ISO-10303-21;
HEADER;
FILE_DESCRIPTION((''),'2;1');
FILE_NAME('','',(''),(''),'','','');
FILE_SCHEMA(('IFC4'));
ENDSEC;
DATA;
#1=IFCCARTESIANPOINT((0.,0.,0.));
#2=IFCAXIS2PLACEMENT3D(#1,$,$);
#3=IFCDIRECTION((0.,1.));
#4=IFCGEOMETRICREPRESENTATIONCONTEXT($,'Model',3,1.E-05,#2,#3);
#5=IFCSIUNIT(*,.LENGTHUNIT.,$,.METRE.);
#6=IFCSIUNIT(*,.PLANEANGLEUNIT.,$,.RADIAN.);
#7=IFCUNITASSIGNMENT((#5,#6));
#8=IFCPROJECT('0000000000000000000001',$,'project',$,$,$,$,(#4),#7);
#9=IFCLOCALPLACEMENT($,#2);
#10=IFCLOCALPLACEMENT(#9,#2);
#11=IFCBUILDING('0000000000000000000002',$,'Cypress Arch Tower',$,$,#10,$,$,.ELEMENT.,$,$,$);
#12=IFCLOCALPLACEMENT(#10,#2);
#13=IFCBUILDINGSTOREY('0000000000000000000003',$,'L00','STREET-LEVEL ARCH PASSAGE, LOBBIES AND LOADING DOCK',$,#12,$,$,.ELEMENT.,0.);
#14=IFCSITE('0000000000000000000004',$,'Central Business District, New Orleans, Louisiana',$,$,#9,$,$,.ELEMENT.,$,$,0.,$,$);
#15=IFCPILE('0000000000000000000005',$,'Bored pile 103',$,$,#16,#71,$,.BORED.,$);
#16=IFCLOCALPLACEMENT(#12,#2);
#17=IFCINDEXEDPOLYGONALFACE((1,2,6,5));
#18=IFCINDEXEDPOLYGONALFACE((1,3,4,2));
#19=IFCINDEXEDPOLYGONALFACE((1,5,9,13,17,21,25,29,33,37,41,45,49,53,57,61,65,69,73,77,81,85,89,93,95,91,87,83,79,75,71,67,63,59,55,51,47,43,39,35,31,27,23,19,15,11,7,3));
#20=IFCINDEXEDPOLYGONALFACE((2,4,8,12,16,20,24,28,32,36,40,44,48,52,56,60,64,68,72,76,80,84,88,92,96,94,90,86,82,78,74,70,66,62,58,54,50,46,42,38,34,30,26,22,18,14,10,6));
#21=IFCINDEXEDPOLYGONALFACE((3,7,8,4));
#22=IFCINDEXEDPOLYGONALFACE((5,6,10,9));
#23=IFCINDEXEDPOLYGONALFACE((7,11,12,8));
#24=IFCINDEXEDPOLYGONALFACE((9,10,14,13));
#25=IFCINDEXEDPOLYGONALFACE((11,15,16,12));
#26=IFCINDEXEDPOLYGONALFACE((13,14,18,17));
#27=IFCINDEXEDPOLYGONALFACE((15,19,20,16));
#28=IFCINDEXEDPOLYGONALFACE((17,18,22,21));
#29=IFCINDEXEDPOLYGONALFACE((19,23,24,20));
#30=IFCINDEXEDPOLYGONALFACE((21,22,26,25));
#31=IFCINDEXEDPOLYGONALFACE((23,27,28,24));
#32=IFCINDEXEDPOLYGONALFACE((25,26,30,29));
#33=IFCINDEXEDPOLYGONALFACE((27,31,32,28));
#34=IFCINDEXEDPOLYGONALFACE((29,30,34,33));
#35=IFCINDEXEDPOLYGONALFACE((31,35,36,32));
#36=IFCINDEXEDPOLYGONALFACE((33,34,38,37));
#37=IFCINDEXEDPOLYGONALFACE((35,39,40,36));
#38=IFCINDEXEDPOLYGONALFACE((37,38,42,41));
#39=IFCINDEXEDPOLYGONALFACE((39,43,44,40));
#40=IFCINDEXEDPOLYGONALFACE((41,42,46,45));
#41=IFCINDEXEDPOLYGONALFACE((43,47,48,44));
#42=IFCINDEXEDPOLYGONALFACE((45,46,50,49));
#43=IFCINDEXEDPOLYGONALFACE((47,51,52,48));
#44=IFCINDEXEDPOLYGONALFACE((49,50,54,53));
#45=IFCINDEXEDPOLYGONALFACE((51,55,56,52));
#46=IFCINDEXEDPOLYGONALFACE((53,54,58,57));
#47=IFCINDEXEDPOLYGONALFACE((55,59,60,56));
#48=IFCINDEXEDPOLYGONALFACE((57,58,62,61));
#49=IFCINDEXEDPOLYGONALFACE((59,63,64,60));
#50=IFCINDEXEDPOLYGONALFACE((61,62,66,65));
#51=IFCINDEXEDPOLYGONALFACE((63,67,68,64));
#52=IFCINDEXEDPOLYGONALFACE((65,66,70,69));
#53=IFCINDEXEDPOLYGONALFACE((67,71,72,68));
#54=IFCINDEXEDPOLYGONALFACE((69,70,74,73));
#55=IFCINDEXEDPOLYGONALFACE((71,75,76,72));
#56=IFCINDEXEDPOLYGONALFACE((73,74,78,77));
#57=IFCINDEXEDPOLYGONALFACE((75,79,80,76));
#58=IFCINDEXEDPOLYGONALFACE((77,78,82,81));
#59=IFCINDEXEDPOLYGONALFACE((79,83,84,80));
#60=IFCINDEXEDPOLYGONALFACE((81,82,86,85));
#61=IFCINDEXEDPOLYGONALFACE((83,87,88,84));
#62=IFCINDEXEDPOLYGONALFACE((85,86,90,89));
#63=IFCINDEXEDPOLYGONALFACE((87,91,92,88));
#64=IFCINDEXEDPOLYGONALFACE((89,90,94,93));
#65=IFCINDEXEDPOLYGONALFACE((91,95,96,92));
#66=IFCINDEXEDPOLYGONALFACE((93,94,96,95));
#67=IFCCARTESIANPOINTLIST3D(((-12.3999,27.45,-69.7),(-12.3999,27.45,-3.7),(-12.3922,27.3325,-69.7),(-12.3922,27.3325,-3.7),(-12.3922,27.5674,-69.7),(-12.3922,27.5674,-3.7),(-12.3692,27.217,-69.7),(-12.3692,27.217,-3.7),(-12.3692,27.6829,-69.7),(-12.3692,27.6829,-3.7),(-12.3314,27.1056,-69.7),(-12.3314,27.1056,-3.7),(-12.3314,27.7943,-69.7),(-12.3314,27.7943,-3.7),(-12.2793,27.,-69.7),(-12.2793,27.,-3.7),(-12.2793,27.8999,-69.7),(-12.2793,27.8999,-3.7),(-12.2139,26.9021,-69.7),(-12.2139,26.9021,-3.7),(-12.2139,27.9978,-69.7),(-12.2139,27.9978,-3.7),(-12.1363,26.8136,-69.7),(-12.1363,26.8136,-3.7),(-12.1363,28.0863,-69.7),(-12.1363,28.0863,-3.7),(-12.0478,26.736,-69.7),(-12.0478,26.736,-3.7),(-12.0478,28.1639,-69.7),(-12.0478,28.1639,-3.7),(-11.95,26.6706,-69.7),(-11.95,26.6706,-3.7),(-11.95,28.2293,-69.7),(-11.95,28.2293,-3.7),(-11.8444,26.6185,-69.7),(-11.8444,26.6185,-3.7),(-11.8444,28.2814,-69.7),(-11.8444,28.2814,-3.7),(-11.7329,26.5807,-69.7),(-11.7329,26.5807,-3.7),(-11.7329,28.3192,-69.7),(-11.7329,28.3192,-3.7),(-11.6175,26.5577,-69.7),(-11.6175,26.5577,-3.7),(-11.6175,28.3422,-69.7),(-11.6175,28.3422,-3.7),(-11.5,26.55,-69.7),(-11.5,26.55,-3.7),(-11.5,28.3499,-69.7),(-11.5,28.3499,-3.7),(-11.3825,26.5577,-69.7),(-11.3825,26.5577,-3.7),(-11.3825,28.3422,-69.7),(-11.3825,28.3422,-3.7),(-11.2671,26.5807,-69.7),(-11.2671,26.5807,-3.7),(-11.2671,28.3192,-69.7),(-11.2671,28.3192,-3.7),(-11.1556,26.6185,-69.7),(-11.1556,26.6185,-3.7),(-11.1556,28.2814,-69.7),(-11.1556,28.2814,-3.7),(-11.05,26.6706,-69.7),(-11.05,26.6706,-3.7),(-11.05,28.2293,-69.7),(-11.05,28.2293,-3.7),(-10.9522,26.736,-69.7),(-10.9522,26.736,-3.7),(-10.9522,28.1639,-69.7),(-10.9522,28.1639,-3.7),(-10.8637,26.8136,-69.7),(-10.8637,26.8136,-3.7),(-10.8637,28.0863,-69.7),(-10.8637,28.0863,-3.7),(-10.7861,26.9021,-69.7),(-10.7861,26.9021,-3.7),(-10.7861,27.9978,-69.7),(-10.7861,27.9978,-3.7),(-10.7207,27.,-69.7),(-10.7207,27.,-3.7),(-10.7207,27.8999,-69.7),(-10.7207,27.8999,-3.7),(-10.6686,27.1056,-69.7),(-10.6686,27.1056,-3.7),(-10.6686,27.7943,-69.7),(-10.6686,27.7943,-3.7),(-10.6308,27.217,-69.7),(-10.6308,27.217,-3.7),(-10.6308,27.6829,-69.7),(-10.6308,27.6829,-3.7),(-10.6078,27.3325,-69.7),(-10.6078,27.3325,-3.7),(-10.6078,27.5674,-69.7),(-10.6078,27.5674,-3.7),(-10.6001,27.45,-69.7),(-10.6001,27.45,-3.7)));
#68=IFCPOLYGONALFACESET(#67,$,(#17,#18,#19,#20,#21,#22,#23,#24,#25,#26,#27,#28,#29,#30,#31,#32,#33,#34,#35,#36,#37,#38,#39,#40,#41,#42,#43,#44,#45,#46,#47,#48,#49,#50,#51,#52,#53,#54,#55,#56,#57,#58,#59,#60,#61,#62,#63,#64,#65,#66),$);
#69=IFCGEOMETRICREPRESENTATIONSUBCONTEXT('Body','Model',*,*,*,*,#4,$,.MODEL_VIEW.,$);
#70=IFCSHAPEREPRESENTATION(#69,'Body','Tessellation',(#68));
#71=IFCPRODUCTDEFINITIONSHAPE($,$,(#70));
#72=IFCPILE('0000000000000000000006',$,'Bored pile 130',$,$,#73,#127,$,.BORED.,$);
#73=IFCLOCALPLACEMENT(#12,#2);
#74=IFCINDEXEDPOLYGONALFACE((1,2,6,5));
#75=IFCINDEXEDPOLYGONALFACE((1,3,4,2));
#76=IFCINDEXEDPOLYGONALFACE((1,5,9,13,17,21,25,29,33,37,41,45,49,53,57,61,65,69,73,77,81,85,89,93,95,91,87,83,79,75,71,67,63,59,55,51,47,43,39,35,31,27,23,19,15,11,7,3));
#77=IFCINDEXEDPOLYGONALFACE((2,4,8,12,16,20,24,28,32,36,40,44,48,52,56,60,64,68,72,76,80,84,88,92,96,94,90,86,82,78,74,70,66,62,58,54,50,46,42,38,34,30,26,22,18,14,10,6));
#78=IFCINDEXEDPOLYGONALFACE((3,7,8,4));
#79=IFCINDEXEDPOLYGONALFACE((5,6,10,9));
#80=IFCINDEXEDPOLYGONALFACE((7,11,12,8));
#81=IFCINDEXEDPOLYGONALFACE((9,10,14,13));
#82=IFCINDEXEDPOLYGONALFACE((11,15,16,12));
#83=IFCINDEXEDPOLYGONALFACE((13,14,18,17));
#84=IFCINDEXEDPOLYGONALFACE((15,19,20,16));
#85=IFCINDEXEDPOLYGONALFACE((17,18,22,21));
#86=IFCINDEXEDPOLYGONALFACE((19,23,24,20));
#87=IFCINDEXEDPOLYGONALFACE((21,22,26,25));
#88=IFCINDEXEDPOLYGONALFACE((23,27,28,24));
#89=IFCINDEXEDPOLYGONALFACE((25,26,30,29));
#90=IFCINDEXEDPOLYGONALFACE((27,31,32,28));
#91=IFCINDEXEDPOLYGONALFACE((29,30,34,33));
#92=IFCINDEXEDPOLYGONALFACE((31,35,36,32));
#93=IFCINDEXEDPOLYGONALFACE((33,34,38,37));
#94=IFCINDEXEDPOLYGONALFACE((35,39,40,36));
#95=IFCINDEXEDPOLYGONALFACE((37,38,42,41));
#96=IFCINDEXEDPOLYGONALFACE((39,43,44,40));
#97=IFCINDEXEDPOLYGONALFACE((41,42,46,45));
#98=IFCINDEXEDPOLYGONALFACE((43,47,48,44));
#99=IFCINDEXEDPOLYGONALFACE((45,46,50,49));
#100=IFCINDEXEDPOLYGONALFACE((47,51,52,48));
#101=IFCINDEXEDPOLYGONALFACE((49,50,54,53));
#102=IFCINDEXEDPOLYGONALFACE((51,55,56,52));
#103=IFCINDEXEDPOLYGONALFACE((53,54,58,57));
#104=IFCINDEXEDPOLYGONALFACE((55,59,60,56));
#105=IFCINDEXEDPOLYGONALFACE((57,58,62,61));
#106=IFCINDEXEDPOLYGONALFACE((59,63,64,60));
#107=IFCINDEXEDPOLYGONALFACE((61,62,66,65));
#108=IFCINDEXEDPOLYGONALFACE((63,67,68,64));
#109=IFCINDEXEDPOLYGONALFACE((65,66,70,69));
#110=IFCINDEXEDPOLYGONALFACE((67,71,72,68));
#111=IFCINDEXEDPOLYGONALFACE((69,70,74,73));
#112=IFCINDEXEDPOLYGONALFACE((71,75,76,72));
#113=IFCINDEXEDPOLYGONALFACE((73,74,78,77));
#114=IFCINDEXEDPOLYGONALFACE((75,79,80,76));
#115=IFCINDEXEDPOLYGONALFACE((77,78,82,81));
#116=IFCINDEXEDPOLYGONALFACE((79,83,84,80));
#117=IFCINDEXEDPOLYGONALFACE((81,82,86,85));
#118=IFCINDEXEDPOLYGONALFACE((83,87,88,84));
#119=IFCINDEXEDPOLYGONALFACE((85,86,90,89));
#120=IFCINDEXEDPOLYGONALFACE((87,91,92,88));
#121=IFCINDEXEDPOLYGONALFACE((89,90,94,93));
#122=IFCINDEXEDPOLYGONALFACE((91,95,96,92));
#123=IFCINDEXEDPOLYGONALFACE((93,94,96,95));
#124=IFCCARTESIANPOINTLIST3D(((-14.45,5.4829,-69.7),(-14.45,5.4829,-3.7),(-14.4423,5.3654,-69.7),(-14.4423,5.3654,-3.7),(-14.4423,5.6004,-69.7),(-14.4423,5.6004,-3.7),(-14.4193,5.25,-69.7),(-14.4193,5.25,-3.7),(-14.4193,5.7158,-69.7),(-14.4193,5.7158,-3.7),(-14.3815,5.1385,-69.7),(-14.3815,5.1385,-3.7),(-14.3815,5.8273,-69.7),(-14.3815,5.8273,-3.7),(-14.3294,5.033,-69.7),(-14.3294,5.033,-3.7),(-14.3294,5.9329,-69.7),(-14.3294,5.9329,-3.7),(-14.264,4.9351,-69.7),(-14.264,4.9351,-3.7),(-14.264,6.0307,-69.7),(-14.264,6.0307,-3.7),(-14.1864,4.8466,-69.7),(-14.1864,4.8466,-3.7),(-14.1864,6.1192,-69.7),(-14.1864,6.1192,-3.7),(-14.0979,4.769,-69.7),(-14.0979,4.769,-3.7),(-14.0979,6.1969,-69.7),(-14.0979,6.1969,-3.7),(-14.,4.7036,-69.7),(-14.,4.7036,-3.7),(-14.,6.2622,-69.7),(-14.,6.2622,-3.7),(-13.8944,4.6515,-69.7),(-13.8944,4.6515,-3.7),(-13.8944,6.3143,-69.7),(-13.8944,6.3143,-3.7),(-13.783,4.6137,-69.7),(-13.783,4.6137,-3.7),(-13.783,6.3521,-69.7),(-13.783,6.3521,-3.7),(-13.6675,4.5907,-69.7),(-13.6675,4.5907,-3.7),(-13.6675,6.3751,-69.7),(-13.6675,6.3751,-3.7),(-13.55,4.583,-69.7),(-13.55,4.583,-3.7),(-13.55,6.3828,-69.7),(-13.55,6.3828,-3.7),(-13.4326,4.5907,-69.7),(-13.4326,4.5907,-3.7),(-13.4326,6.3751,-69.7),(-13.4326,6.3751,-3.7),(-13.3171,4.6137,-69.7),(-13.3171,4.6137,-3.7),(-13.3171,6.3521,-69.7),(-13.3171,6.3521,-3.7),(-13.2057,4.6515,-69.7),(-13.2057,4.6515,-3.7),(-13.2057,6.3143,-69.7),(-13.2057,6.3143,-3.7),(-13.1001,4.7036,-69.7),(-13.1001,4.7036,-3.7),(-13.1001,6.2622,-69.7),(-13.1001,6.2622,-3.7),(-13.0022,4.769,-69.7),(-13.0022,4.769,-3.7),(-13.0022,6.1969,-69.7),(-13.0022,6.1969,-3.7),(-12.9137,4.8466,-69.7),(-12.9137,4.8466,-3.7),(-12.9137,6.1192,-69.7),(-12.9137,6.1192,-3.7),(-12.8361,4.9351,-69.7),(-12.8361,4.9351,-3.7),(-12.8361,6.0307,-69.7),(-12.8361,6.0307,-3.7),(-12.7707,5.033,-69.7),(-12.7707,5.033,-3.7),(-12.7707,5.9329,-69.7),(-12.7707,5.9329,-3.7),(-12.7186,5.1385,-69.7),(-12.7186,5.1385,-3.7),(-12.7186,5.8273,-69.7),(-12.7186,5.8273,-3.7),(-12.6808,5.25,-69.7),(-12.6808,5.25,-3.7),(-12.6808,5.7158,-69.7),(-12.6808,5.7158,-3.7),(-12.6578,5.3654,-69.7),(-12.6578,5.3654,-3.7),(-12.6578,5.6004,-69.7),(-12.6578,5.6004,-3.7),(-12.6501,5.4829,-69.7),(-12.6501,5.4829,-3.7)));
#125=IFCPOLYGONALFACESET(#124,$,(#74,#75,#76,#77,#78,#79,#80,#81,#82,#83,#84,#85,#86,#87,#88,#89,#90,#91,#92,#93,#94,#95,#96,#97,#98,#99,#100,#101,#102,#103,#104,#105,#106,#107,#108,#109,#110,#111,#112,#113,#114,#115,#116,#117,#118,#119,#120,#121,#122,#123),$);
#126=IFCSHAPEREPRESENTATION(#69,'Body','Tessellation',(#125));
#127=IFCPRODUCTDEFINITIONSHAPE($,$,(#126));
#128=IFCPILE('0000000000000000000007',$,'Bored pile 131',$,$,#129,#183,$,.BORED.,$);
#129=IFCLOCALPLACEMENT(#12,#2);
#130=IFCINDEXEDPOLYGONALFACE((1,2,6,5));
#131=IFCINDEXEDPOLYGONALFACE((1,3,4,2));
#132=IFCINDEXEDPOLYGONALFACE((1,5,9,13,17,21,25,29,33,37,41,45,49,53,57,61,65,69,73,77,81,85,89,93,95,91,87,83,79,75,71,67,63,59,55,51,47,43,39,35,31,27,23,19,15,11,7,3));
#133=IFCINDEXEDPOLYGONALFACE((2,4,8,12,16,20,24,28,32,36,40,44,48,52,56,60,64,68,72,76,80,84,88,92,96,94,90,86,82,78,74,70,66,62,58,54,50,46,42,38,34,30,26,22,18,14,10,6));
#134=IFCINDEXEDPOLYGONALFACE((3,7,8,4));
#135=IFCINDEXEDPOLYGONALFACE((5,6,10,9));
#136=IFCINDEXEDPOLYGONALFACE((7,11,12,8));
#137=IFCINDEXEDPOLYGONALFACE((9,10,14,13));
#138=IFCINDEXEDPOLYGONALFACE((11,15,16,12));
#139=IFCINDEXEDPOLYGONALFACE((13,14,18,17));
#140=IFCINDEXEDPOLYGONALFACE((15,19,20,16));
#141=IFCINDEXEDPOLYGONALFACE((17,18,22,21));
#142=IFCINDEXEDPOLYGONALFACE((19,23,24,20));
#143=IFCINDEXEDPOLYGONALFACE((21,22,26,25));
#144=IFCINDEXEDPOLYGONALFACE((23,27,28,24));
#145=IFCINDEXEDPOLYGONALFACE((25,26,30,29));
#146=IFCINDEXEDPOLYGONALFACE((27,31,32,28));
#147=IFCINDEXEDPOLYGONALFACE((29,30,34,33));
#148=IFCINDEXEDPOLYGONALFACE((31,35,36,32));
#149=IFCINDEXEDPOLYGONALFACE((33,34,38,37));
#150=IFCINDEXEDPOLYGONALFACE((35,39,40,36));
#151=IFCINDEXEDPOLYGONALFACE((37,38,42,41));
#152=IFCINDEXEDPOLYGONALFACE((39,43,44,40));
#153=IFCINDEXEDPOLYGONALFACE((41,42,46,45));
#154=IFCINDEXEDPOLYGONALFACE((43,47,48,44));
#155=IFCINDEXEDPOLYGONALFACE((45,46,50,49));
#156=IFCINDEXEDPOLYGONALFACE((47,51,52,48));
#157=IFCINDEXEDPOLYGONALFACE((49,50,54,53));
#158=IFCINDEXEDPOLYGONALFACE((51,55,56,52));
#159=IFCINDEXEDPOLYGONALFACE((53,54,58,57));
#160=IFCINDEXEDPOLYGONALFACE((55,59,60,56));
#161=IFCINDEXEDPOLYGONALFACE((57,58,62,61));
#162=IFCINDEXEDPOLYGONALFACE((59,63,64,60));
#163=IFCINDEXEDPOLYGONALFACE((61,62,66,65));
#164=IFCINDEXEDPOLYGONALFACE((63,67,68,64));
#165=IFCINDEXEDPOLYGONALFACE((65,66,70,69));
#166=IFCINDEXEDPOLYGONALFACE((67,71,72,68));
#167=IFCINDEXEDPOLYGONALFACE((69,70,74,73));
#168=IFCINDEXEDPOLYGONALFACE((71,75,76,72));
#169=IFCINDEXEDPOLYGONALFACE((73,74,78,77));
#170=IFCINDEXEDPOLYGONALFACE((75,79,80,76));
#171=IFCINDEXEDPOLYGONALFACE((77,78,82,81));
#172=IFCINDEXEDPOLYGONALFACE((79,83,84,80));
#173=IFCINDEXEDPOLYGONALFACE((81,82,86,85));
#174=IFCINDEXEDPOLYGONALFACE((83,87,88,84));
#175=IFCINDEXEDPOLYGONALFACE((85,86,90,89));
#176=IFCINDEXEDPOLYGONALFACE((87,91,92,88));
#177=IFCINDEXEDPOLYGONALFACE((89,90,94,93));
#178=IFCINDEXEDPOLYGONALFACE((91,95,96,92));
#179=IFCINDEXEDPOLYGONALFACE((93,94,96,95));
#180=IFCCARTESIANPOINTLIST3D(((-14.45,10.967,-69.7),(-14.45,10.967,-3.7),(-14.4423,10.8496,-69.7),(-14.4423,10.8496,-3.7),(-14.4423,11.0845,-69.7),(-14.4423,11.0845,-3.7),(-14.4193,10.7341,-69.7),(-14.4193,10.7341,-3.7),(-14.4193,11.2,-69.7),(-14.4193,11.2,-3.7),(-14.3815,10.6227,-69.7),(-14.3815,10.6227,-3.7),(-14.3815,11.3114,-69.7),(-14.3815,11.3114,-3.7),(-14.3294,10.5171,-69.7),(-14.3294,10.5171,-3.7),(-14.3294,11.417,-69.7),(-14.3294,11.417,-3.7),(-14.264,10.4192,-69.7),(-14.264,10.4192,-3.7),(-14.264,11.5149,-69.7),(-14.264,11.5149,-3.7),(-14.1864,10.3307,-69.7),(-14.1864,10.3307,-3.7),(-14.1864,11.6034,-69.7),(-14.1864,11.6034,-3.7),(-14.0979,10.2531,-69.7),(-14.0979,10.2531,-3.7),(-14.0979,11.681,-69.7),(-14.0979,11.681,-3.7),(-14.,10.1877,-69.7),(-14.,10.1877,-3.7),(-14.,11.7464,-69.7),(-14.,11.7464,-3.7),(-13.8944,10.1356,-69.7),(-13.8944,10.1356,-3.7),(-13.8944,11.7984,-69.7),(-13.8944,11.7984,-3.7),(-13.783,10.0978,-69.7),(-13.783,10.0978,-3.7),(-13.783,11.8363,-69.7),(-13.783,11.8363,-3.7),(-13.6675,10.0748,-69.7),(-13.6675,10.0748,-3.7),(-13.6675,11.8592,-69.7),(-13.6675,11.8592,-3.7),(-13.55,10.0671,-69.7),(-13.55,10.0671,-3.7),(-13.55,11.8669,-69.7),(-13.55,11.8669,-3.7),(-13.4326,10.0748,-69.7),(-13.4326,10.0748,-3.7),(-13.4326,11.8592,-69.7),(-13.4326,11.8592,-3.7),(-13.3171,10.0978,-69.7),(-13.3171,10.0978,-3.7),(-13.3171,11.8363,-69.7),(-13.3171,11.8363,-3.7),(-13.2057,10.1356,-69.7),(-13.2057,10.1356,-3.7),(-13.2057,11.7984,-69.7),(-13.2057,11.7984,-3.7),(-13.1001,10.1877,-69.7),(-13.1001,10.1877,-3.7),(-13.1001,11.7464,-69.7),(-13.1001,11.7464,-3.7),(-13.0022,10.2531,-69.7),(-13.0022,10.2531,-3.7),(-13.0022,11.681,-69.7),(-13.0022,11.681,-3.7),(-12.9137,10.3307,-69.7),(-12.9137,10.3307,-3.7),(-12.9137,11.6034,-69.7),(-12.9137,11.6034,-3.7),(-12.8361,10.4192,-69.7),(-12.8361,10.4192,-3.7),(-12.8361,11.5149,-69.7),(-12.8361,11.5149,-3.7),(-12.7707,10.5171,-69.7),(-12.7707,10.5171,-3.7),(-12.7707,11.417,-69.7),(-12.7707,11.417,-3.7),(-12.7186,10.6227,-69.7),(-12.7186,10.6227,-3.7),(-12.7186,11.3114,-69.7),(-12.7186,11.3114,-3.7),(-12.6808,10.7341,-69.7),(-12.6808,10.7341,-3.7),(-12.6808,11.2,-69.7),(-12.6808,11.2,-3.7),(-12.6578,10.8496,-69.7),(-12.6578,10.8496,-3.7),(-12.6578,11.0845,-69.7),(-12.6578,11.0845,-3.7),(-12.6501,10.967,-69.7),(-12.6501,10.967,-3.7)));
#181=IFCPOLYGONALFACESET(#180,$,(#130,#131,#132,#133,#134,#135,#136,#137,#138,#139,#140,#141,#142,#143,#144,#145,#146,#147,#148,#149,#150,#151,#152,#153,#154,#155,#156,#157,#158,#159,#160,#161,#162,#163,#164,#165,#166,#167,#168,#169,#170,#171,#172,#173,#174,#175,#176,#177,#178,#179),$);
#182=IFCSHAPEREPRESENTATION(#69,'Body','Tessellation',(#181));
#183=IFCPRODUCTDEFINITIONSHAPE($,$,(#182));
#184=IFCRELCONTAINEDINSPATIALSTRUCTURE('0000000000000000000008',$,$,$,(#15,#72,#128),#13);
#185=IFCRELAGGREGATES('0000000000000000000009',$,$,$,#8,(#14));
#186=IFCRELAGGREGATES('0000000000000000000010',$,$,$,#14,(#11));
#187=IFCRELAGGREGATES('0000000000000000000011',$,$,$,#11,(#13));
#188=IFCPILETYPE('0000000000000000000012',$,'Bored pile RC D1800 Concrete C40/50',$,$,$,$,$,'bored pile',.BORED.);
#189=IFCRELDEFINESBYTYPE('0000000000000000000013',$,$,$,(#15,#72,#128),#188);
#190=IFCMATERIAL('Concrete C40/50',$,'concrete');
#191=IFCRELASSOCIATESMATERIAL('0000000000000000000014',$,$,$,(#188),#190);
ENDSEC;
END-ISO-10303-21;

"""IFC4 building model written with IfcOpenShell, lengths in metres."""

from ifc_helpers import new_model, si_unit, direction, frame, origin, origin_2d, place, context, subcontext, project, spatial, circle, extrude, material, material_profile, profile_set, type_object, element, save


model = new_model("IFC4")

# Units and contexts
model_context = context("Model", 3, precision=1e-05, world=origin(), true_north=direction((0.0, 1.0)))
body_context = subcontext(model_context, "Body", "Model", "MODEL_VIEW")
ifc_project = project(units=[si_unit("LENGTHUNIT", "METRE"), si_unit("PLANEANGLEUNIT", "RADIAN")], contexts=[model_context])

# Site, building, storey
site_placement = place(None, origin())
site = spatial("IfcSite", under=ifc_project, at=site_placement, Name="Central Business District, New Orleans, Louisiana", CompositionType="ELEMENT", RefElevation=0.0)
building_placement = place(site_placement, origin())
building = spatial("IfcBuilding", under=site, at=building_placement, Name="Cypress Arch Tower", CompositionType="ELEMENT")
storey_placement = place(building_placement, origin())
storey = spatial("IfcBuildingStorey", under=building, at=storey_placement, Name="L00", Description="STREET-LEVEL ARCH PASSAGE, LOBBIES AND LOADING DOCK", CompositionType="ELEMENT", Elevation=0.0)

# Piles
ifc_material_1 = material(Name="Concrete C40/50", Category="concrete")
ifc_material_profile_1 = material_profile(ifc_material_1, circle(Radius=0.8999, at=origin_2d()), Name="RC D1800")
ifc_profile_set_1 = profile_set([ifc_material_profile_1], Name="Concrete C40/50")
pile_type = type_object("IfcPileType", Name="Bored pile RC D1800 Concrete C40/50", ElementType="bored pile", PredefinedType="BORED", material=ifc_profile_set_1)
for number, where, z_axis, x_axis, name in (
    (1, (-11.5, 27.45, -3.7), (0.0, 0.0, -1.0), (1.0, 0.0, 0.0), "Bored pile 103"),
    (2, (-13.55, 5.4829, -3.7), (0.0, 0.0, -1.0), (1.0, 0.0, 0.0), "Bored pile 130"),
    (3, (-13.55, 10.967, -3.7), (0.0, 0.0, -1.0), (1.0, 0.0, 0.0), "Bored pile 131"),
):
    element("IfcPile", number, at=place(storey_placement, frame(where, z_axis=z_axis, x_axis=x_axis)), inside=storey, type_object=pile_type, Name=name, PredefinedType="BORED", context=body_context, shape_type="SweptSolid", body=[
        extrude(circle(Radius=0.8999, at=origin_2d()), origin(), (0.0, 0.0, 1.0), 66.0),
    ])

save(model, "model.ifc")
